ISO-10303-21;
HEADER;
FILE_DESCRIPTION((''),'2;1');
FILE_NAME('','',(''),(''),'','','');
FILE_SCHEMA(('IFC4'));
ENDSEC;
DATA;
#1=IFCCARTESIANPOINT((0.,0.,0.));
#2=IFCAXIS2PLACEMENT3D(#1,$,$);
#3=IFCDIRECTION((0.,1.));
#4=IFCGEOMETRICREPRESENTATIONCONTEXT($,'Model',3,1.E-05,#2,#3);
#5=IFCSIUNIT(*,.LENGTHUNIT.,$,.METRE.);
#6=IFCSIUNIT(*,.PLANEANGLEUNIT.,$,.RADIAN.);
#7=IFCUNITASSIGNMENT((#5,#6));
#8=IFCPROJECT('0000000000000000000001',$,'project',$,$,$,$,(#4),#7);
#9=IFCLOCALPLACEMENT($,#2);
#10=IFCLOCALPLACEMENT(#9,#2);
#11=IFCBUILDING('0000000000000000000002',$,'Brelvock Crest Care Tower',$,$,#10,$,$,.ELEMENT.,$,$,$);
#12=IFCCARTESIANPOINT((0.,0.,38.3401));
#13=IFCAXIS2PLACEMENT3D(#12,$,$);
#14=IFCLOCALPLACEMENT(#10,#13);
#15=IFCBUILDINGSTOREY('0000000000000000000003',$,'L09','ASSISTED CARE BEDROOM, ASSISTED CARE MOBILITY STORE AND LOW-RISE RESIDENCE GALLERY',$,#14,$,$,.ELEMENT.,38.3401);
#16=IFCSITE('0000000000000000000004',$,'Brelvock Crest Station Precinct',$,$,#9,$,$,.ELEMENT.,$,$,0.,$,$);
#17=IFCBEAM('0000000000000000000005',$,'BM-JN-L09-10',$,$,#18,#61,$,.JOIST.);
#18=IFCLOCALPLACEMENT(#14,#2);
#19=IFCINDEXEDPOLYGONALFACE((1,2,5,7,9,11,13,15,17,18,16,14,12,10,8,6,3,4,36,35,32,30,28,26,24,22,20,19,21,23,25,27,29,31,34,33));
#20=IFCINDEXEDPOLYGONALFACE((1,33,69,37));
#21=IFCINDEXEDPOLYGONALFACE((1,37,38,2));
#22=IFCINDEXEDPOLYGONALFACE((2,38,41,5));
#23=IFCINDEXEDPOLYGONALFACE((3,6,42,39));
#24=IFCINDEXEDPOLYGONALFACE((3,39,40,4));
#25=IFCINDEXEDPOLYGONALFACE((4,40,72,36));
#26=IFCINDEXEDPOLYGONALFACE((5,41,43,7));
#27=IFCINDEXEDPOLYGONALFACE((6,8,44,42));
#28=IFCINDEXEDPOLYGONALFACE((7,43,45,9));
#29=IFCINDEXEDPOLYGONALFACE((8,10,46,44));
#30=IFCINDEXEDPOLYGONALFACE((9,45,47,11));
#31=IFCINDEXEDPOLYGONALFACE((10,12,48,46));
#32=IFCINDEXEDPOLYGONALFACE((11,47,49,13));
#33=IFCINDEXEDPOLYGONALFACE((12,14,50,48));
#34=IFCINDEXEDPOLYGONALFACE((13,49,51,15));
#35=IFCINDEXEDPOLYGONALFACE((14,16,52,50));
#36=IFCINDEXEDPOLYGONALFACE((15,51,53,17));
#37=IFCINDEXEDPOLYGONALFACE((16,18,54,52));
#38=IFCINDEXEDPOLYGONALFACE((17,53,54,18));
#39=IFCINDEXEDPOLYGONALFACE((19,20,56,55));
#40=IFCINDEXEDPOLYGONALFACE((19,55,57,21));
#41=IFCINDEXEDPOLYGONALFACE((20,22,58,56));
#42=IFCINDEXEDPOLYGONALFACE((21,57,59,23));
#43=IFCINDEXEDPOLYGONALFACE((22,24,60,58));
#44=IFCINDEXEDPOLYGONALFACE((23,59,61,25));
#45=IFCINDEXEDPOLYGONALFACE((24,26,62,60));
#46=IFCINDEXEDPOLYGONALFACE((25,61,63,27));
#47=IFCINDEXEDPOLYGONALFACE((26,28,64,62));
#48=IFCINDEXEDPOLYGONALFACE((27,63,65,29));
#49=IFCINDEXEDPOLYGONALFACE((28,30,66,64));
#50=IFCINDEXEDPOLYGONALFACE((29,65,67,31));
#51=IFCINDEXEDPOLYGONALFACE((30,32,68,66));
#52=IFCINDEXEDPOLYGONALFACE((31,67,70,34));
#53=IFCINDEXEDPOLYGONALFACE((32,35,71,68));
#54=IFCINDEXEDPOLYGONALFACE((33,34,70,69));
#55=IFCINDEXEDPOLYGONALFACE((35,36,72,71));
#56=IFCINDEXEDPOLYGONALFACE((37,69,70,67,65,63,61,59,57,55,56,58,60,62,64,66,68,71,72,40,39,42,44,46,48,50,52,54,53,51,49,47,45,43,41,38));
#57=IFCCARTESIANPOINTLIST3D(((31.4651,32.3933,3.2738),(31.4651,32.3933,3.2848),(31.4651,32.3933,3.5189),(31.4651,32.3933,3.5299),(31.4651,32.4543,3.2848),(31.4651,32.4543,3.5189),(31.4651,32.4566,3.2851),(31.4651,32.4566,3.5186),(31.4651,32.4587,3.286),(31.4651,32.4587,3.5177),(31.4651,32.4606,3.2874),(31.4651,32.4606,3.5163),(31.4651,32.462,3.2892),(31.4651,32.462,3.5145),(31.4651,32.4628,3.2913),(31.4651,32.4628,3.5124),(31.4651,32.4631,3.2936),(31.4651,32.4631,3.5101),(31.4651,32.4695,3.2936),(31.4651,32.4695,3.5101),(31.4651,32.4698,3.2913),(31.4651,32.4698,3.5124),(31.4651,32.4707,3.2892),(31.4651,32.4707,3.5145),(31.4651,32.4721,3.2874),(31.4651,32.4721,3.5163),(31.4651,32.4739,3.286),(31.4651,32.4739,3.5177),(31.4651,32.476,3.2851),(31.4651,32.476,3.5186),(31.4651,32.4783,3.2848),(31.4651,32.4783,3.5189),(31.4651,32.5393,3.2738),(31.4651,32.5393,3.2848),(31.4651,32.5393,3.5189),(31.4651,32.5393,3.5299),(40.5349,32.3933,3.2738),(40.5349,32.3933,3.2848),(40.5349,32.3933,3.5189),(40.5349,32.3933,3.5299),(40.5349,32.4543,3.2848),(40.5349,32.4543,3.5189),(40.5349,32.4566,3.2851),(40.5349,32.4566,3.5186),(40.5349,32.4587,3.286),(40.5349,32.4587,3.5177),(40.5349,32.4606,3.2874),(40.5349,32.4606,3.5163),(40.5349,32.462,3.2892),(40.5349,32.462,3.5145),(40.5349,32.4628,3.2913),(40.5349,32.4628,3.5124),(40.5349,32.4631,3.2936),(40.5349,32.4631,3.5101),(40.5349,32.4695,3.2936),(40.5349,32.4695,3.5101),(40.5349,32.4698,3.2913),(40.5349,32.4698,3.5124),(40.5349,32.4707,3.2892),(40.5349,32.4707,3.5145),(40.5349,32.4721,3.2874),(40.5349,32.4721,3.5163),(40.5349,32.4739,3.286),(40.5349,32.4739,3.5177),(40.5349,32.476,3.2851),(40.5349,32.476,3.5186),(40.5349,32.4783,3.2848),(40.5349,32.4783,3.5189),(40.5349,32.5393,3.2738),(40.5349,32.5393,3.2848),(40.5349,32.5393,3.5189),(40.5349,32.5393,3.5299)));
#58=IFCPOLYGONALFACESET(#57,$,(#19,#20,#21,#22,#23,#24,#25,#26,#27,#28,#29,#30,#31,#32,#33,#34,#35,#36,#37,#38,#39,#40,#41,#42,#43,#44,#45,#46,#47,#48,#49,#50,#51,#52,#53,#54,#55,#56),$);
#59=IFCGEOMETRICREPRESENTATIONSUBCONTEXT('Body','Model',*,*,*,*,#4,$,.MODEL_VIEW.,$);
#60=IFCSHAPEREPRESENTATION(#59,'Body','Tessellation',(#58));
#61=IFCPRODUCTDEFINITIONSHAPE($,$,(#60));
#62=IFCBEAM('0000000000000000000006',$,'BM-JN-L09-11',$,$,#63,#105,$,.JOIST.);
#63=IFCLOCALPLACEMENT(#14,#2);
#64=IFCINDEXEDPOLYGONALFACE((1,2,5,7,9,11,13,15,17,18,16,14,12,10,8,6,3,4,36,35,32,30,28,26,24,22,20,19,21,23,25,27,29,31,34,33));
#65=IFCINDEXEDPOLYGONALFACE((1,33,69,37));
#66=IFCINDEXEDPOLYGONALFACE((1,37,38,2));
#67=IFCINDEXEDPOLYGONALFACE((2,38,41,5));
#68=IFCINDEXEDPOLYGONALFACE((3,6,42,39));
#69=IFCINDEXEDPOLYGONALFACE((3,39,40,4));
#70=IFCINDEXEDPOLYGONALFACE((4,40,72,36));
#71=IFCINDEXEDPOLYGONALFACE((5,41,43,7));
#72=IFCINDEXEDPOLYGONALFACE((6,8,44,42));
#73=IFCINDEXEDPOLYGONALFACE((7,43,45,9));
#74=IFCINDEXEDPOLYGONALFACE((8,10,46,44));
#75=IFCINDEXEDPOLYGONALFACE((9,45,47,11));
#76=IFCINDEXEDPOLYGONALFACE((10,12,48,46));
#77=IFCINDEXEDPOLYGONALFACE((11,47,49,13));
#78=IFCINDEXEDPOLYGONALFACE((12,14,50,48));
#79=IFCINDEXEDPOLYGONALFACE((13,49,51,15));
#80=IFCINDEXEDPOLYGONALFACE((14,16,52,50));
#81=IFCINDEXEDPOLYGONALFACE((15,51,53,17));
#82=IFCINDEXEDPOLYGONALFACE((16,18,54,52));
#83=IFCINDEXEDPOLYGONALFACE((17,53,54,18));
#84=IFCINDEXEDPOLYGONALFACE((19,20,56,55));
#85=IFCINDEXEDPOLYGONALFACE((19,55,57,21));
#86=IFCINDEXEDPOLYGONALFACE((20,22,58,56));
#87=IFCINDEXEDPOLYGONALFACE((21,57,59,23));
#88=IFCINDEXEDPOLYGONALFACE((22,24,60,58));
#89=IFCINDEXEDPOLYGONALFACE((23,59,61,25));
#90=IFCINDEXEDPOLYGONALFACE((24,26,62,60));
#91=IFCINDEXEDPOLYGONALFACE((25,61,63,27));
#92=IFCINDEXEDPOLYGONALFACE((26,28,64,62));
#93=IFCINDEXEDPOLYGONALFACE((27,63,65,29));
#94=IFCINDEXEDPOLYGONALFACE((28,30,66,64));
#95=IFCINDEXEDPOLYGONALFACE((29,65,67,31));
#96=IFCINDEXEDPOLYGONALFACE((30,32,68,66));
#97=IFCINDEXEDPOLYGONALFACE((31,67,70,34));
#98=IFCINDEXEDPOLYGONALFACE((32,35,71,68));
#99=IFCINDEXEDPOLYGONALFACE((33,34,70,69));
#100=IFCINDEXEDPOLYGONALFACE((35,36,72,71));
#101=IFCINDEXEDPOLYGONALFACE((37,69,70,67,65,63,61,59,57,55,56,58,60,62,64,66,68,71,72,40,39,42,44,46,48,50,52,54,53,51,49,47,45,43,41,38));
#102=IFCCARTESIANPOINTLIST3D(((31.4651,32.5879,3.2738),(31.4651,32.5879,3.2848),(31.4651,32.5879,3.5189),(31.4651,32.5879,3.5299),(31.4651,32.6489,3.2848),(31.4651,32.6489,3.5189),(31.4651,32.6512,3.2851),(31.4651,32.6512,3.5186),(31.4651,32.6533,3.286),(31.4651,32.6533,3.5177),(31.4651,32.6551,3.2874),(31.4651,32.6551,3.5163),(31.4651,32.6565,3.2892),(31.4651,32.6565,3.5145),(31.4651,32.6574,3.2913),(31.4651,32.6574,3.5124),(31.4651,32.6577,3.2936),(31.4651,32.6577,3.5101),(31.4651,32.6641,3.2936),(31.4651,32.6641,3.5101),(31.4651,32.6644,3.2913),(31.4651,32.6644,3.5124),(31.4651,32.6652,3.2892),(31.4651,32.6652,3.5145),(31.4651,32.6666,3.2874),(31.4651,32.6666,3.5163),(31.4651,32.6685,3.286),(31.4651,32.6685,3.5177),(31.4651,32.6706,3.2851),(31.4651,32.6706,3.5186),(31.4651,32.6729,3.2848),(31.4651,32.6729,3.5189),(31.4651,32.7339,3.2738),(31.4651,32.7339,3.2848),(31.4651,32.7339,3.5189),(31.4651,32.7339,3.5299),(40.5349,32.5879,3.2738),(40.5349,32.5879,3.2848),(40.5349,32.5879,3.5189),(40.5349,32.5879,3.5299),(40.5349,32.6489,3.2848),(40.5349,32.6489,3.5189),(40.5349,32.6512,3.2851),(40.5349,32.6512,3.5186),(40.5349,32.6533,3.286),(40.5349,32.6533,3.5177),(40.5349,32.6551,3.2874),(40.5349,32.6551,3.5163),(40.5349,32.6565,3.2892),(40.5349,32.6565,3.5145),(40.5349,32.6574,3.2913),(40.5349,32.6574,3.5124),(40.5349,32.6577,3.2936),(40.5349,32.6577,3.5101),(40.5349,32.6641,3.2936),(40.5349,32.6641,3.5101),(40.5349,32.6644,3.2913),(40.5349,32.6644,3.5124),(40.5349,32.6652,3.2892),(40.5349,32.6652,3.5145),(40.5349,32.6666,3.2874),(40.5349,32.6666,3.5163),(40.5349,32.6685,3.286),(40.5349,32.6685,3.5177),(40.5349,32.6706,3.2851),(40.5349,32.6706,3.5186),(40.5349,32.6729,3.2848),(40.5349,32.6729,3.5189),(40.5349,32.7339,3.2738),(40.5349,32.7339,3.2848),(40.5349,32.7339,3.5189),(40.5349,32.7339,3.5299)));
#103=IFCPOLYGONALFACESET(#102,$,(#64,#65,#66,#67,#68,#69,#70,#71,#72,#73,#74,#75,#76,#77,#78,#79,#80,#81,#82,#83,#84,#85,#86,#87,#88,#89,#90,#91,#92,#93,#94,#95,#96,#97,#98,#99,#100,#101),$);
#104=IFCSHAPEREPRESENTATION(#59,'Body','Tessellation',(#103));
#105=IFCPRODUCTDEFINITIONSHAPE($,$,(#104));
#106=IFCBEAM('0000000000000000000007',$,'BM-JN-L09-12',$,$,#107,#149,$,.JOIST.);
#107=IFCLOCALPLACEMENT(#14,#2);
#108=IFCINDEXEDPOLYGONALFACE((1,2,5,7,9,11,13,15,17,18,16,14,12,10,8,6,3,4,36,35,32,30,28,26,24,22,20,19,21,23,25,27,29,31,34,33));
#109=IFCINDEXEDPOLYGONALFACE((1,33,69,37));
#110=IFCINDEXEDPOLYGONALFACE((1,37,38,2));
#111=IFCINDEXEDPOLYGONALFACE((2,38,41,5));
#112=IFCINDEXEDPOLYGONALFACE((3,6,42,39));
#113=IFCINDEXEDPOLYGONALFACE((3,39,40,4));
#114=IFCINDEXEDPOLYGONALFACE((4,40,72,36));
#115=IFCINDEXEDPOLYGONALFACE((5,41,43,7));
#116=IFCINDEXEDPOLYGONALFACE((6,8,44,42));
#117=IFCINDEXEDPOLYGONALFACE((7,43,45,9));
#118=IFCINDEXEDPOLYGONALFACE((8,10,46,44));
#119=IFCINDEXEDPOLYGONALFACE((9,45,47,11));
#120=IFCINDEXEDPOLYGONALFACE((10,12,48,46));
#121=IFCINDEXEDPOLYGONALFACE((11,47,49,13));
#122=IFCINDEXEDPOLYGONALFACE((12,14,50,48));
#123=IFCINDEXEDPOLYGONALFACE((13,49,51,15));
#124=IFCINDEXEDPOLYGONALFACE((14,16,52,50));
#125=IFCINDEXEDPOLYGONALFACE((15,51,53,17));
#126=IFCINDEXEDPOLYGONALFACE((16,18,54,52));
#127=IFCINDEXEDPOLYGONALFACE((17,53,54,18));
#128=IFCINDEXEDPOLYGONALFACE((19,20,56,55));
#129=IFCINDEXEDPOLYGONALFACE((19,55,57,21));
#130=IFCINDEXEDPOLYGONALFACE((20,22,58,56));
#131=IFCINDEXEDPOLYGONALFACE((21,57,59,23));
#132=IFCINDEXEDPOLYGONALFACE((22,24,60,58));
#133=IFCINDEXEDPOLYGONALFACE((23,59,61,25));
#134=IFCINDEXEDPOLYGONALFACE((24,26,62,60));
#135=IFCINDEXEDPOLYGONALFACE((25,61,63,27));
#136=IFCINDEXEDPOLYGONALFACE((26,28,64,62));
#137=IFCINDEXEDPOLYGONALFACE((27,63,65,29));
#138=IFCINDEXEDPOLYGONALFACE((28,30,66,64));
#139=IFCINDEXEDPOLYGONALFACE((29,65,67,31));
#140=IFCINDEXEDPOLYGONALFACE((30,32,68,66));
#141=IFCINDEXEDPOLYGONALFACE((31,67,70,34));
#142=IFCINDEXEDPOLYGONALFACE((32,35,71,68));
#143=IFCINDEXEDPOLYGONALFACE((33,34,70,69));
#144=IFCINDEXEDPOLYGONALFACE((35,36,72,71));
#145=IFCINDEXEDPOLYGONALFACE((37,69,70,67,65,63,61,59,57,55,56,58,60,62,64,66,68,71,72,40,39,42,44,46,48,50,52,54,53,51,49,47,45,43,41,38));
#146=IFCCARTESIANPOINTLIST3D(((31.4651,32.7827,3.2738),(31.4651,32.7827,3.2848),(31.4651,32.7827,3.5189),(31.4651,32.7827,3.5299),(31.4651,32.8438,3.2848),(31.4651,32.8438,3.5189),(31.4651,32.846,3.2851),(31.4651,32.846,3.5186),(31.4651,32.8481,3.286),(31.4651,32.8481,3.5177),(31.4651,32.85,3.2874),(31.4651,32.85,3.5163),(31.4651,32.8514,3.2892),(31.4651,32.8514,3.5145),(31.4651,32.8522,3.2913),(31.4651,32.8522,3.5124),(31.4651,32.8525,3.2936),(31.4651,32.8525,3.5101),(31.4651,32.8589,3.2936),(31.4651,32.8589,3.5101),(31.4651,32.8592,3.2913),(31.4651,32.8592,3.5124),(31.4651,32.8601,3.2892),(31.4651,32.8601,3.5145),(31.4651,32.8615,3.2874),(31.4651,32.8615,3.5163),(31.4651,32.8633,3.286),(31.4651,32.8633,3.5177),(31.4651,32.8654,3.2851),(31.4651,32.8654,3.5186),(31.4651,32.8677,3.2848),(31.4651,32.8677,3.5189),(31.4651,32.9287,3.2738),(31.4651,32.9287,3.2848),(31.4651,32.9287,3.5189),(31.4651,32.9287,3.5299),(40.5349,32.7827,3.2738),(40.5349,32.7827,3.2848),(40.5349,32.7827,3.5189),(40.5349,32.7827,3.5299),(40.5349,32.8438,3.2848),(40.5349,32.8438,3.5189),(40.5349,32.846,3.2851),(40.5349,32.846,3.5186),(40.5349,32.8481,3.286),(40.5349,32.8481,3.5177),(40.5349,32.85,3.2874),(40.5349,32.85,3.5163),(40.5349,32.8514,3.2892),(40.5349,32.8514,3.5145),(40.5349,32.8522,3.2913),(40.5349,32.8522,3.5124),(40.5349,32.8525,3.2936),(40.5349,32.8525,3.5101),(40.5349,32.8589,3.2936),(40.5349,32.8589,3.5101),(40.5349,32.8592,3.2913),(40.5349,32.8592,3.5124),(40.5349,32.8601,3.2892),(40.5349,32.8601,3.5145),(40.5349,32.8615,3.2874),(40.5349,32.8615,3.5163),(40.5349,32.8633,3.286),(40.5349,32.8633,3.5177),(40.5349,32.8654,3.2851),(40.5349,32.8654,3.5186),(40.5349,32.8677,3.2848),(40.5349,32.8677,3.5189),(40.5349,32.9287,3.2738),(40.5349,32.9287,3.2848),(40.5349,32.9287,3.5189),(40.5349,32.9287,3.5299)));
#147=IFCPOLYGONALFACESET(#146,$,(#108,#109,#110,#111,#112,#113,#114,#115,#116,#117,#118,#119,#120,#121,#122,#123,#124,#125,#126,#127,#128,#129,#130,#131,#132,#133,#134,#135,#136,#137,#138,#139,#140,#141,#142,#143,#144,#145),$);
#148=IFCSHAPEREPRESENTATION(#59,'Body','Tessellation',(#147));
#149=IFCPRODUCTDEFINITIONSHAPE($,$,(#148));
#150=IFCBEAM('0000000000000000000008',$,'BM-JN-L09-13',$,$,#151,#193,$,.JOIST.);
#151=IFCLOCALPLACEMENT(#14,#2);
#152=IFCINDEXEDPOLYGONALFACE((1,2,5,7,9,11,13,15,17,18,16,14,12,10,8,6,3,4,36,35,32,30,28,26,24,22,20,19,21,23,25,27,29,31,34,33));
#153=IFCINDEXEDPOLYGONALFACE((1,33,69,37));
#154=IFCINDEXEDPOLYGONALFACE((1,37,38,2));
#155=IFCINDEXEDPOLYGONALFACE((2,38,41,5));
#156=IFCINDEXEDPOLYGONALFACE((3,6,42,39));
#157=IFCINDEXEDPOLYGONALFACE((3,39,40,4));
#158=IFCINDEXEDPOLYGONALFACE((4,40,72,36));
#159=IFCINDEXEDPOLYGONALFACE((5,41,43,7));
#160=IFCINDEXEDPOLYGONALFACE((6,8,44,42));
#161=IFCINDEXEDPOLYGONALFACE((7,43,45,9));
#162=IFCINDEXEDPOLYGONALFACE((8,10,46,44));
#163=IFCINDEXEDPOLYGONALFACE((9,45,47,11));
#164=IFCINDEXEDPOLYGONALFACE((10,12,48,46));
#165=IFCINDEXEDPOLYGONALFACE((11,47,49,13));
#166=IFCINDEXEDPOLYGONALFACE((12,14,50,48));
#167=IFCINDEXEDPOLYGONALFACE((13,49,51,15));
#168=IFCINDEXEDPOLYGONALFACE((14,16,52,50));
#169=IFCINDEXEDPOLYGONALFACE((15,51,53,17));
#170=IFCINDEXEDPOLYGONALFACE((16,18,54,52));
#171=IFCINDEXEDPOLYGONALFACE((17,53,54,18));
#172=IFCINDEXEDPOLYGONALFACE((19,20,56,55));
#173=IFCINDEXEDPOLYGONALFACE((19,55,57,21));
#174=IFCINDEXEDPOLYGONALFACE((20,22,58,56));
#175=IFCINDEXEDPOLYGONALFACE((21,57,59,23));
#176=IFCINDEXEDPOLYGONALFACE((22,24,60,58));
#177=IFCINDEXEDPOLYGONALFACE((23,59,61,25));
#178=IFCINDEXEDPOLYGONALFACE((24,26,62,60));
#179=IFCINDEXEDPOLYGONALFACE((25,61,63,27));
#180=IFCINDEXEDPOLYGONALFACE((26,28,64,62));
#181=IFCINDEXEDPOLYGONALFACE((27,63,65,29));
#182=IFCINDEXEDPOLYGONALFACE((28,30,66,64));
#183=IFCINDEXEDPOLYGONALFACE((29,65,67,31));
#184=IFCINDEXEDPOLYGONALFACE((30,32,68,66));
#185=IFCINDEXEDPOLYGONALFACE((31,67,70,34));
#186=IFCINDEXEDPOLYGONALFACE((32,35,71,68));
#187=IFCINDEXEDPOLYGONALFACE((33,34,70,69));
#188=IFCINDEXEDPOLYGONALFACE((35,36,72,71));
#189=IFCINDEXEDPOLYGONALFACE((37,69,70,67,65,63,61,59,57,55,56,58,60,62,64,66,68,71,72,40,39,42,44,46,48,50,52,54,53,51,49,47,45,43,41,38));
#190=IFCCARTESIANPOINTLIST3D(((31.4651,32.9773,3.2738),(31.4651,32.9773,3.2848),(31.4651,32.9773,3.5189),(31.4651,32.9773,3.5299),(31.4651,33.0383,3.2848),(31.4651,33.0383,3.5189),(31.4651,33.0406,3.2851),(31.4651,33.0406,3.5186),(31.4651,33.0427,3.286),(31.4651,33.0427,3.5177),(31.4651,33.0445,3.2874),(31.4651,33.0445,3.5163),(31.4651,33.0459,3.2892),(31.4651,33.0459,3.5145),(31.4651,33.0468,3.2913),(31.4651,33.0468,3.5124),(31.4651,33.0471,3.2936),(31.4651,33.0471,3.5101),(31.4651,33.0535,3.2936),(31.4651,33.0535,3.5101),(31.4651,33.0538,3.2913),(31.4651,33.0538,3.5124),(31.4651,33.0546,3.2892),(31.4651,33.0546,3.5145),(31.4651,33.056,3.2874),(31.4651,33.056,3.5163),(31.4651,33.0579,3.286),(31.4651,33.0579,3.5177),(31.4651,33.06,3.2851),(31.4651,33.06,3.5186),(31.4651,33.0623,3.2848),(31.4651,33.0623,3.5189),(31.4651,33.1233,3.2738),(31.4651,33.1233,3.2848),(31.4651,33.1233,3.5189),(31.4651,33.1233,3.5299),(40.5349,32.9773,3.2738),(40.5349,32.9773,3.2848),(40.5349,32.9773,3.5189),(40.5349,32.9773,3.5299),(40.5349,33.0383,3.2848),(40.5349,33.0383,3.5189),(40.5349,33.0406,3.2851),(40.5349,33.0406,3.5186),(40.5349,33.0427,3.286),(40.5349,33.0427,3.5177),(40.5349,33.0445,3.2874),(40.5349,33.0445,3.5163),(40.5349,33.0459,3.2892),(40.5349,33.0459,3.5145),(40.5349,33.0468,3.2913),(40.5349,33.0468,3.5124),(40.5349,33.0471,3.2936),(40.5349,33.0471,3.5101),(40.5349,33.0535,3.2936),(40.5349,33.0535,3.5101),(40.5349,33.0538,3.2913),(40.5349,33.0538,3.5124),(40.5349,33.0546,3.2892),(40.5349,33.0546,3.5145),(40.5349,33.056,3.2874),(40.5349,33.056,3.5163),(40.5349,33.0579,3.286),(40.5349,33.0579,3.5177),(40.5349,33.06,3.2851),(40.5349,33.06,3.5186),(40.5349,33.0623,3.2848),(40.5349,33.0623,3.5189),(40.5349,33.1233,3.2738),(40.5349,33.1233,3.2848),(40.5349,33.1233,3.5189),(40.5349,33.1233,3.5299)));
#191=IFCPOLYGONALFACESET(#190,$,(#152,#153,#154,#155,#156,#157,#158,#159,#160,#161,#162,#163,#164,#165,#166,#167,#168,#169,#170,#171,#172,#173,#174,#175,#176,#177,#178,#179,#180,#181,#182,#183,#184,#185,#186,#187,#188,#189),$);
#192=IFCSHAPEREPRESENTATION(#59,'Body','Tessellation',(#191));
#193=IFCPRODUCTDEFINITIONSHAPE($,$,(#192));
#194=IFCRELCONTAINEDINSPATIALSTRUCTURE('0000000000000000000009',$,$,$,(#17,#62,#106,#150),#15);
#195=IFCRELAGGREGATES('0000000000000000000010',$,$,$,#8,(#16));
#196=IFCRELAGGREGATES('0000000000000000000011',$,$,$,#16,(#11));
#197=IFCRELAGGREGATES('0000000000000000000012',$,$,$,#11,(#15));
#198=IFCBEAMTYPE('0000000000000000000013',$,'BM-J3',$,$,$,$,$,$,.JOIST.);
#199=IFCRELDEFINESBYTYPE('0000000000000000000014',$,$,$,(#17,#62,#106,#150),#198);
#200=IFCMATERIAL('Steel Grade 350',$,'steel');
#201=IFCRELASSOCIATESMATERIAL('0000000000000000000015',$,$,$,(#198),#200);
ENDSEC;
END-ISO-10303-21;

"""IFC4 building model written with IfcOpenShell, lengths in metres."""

from ifc_helpers import new_model, si_unit, direction, frame, origin, origin_2d, place, context, subcontext, project, spatial, i_section, extrude, source, transform, mapped, material, material_profile, profile_set, type_object, element, save


model = new_model("IFC4")

# Units and contexts
model_context = context("Model", 3, precision=1e-05, world=origin(), true_north=direction((0.0, 1.0)))
body_context = subcontext(model_context, "Body", "Model", "MODEL_VIEW")
ifc_project = project(units=[si_unit("LENGTHUNIT", "METRE"), si_unit("PLANEANGLEUNIT", "RADIAN")], contexts=[model_context])

# Site, building, storey
site_placement = place(None, origin())
site = spatial("IfcSite", under=ifc_project, at=site_placement, Name="Brelvock Crest Station Precinct", CompositionType="ELEMENT", RefElevation=0.0)
building_placement = place(site_placement, origin())
building = spatial("IfcBuilding", under=site, at=building_placement, Name="Brelvock Crest Care Tower", CompositionType="ELEMENT")
storey_placement = place(building_placement, frame((0.0, 0.0, 38.3401)))
storey = spatial("IfcBuildingStorey", under=building, at=storey_placement, Name="L09", Description="ASSISTED CARE BEDROOM, ASSISTED CARE MOBILITY STORE AND LOW-RISE RESIDENCE GALLERY", CompositionType="ELEMENT", Elevation=38.3401)

# Shared definitions
ifc_material_1 = material(Name="Steel Grade 350", Category="steel")

# Beams
ifc_material_profile_1 = material_profile(ifc_material_1, i_section(OverallWidth=0.146, OverallDepth=0.2561, WebThickness=0.0063, FlangeThickness=0.011, FilletRadius=0.0088, at=origin_2d()), Name="250UB37.3")
ifc_profile_set_1 = profile_set([ifc_material_profile_1], Name="Steel Grade 350")
beam_type_1 = type_object("IfcBeamType", Name="BM-J3", PredefinedType="JOIST", material=ifc_profile_set_1)
shared_shape_1 = source(origin(), body_context, "Body", "SweptSolid", [
    extrude(i_section(OverallWidth=0.146, OverallDepth=0.2561, WebThickness=0.0063, FlangeThickness=0.011, FilletRadius=0.0088, at=origin_2d()), origin(), (0.0, 0.0, 1.0), 9.0698),
])
for number, where, z_axis, x_axis, name in (
    (1, (31.4651, 32.4663, 3.4019), (1.0, 0.0, 0.0), (0.0, 1.0, 0.0), "BM-JN-L09-10"),
    (2, (31.4651, 32.6609, 3.4019), (1.0, 0.0, 0.0), (0.0, 1.0, 0.0), "BM-JN-L09-11"),
    (3, (31.4651, 32.8557, 3.4019), (1.0, 0.0, 0.0), (0.0, 1.0, 0.0), "BM-JN-L09-12"),
    (4, (31.4651, 33.0503, 3.4019), (1.0, 0.0, 0.0), (0.0, 1.0, 0.0), "BM-JN-L09-13"),
):
    element("IfcBeam", number, at=place(storey_placement, frame(where, z_axis=z_axis, x_axis=x_axis)), inside=storey, type_object=beam_type_1, Name=name, PredefinedType="JOIST", context=body_context, shape_type="MappedRepresentation", body=[
        mapped(shared_shape_1, transform((0.0, 0.0, 0.0), x_axis=(1.0, 0.0, 0.0), y_axis=(0.0, 1.0, 0.0), z_axis=(0.0, 0.0, 1.0), scale=1.0)),
    ])

save(model, "model.ifc")
